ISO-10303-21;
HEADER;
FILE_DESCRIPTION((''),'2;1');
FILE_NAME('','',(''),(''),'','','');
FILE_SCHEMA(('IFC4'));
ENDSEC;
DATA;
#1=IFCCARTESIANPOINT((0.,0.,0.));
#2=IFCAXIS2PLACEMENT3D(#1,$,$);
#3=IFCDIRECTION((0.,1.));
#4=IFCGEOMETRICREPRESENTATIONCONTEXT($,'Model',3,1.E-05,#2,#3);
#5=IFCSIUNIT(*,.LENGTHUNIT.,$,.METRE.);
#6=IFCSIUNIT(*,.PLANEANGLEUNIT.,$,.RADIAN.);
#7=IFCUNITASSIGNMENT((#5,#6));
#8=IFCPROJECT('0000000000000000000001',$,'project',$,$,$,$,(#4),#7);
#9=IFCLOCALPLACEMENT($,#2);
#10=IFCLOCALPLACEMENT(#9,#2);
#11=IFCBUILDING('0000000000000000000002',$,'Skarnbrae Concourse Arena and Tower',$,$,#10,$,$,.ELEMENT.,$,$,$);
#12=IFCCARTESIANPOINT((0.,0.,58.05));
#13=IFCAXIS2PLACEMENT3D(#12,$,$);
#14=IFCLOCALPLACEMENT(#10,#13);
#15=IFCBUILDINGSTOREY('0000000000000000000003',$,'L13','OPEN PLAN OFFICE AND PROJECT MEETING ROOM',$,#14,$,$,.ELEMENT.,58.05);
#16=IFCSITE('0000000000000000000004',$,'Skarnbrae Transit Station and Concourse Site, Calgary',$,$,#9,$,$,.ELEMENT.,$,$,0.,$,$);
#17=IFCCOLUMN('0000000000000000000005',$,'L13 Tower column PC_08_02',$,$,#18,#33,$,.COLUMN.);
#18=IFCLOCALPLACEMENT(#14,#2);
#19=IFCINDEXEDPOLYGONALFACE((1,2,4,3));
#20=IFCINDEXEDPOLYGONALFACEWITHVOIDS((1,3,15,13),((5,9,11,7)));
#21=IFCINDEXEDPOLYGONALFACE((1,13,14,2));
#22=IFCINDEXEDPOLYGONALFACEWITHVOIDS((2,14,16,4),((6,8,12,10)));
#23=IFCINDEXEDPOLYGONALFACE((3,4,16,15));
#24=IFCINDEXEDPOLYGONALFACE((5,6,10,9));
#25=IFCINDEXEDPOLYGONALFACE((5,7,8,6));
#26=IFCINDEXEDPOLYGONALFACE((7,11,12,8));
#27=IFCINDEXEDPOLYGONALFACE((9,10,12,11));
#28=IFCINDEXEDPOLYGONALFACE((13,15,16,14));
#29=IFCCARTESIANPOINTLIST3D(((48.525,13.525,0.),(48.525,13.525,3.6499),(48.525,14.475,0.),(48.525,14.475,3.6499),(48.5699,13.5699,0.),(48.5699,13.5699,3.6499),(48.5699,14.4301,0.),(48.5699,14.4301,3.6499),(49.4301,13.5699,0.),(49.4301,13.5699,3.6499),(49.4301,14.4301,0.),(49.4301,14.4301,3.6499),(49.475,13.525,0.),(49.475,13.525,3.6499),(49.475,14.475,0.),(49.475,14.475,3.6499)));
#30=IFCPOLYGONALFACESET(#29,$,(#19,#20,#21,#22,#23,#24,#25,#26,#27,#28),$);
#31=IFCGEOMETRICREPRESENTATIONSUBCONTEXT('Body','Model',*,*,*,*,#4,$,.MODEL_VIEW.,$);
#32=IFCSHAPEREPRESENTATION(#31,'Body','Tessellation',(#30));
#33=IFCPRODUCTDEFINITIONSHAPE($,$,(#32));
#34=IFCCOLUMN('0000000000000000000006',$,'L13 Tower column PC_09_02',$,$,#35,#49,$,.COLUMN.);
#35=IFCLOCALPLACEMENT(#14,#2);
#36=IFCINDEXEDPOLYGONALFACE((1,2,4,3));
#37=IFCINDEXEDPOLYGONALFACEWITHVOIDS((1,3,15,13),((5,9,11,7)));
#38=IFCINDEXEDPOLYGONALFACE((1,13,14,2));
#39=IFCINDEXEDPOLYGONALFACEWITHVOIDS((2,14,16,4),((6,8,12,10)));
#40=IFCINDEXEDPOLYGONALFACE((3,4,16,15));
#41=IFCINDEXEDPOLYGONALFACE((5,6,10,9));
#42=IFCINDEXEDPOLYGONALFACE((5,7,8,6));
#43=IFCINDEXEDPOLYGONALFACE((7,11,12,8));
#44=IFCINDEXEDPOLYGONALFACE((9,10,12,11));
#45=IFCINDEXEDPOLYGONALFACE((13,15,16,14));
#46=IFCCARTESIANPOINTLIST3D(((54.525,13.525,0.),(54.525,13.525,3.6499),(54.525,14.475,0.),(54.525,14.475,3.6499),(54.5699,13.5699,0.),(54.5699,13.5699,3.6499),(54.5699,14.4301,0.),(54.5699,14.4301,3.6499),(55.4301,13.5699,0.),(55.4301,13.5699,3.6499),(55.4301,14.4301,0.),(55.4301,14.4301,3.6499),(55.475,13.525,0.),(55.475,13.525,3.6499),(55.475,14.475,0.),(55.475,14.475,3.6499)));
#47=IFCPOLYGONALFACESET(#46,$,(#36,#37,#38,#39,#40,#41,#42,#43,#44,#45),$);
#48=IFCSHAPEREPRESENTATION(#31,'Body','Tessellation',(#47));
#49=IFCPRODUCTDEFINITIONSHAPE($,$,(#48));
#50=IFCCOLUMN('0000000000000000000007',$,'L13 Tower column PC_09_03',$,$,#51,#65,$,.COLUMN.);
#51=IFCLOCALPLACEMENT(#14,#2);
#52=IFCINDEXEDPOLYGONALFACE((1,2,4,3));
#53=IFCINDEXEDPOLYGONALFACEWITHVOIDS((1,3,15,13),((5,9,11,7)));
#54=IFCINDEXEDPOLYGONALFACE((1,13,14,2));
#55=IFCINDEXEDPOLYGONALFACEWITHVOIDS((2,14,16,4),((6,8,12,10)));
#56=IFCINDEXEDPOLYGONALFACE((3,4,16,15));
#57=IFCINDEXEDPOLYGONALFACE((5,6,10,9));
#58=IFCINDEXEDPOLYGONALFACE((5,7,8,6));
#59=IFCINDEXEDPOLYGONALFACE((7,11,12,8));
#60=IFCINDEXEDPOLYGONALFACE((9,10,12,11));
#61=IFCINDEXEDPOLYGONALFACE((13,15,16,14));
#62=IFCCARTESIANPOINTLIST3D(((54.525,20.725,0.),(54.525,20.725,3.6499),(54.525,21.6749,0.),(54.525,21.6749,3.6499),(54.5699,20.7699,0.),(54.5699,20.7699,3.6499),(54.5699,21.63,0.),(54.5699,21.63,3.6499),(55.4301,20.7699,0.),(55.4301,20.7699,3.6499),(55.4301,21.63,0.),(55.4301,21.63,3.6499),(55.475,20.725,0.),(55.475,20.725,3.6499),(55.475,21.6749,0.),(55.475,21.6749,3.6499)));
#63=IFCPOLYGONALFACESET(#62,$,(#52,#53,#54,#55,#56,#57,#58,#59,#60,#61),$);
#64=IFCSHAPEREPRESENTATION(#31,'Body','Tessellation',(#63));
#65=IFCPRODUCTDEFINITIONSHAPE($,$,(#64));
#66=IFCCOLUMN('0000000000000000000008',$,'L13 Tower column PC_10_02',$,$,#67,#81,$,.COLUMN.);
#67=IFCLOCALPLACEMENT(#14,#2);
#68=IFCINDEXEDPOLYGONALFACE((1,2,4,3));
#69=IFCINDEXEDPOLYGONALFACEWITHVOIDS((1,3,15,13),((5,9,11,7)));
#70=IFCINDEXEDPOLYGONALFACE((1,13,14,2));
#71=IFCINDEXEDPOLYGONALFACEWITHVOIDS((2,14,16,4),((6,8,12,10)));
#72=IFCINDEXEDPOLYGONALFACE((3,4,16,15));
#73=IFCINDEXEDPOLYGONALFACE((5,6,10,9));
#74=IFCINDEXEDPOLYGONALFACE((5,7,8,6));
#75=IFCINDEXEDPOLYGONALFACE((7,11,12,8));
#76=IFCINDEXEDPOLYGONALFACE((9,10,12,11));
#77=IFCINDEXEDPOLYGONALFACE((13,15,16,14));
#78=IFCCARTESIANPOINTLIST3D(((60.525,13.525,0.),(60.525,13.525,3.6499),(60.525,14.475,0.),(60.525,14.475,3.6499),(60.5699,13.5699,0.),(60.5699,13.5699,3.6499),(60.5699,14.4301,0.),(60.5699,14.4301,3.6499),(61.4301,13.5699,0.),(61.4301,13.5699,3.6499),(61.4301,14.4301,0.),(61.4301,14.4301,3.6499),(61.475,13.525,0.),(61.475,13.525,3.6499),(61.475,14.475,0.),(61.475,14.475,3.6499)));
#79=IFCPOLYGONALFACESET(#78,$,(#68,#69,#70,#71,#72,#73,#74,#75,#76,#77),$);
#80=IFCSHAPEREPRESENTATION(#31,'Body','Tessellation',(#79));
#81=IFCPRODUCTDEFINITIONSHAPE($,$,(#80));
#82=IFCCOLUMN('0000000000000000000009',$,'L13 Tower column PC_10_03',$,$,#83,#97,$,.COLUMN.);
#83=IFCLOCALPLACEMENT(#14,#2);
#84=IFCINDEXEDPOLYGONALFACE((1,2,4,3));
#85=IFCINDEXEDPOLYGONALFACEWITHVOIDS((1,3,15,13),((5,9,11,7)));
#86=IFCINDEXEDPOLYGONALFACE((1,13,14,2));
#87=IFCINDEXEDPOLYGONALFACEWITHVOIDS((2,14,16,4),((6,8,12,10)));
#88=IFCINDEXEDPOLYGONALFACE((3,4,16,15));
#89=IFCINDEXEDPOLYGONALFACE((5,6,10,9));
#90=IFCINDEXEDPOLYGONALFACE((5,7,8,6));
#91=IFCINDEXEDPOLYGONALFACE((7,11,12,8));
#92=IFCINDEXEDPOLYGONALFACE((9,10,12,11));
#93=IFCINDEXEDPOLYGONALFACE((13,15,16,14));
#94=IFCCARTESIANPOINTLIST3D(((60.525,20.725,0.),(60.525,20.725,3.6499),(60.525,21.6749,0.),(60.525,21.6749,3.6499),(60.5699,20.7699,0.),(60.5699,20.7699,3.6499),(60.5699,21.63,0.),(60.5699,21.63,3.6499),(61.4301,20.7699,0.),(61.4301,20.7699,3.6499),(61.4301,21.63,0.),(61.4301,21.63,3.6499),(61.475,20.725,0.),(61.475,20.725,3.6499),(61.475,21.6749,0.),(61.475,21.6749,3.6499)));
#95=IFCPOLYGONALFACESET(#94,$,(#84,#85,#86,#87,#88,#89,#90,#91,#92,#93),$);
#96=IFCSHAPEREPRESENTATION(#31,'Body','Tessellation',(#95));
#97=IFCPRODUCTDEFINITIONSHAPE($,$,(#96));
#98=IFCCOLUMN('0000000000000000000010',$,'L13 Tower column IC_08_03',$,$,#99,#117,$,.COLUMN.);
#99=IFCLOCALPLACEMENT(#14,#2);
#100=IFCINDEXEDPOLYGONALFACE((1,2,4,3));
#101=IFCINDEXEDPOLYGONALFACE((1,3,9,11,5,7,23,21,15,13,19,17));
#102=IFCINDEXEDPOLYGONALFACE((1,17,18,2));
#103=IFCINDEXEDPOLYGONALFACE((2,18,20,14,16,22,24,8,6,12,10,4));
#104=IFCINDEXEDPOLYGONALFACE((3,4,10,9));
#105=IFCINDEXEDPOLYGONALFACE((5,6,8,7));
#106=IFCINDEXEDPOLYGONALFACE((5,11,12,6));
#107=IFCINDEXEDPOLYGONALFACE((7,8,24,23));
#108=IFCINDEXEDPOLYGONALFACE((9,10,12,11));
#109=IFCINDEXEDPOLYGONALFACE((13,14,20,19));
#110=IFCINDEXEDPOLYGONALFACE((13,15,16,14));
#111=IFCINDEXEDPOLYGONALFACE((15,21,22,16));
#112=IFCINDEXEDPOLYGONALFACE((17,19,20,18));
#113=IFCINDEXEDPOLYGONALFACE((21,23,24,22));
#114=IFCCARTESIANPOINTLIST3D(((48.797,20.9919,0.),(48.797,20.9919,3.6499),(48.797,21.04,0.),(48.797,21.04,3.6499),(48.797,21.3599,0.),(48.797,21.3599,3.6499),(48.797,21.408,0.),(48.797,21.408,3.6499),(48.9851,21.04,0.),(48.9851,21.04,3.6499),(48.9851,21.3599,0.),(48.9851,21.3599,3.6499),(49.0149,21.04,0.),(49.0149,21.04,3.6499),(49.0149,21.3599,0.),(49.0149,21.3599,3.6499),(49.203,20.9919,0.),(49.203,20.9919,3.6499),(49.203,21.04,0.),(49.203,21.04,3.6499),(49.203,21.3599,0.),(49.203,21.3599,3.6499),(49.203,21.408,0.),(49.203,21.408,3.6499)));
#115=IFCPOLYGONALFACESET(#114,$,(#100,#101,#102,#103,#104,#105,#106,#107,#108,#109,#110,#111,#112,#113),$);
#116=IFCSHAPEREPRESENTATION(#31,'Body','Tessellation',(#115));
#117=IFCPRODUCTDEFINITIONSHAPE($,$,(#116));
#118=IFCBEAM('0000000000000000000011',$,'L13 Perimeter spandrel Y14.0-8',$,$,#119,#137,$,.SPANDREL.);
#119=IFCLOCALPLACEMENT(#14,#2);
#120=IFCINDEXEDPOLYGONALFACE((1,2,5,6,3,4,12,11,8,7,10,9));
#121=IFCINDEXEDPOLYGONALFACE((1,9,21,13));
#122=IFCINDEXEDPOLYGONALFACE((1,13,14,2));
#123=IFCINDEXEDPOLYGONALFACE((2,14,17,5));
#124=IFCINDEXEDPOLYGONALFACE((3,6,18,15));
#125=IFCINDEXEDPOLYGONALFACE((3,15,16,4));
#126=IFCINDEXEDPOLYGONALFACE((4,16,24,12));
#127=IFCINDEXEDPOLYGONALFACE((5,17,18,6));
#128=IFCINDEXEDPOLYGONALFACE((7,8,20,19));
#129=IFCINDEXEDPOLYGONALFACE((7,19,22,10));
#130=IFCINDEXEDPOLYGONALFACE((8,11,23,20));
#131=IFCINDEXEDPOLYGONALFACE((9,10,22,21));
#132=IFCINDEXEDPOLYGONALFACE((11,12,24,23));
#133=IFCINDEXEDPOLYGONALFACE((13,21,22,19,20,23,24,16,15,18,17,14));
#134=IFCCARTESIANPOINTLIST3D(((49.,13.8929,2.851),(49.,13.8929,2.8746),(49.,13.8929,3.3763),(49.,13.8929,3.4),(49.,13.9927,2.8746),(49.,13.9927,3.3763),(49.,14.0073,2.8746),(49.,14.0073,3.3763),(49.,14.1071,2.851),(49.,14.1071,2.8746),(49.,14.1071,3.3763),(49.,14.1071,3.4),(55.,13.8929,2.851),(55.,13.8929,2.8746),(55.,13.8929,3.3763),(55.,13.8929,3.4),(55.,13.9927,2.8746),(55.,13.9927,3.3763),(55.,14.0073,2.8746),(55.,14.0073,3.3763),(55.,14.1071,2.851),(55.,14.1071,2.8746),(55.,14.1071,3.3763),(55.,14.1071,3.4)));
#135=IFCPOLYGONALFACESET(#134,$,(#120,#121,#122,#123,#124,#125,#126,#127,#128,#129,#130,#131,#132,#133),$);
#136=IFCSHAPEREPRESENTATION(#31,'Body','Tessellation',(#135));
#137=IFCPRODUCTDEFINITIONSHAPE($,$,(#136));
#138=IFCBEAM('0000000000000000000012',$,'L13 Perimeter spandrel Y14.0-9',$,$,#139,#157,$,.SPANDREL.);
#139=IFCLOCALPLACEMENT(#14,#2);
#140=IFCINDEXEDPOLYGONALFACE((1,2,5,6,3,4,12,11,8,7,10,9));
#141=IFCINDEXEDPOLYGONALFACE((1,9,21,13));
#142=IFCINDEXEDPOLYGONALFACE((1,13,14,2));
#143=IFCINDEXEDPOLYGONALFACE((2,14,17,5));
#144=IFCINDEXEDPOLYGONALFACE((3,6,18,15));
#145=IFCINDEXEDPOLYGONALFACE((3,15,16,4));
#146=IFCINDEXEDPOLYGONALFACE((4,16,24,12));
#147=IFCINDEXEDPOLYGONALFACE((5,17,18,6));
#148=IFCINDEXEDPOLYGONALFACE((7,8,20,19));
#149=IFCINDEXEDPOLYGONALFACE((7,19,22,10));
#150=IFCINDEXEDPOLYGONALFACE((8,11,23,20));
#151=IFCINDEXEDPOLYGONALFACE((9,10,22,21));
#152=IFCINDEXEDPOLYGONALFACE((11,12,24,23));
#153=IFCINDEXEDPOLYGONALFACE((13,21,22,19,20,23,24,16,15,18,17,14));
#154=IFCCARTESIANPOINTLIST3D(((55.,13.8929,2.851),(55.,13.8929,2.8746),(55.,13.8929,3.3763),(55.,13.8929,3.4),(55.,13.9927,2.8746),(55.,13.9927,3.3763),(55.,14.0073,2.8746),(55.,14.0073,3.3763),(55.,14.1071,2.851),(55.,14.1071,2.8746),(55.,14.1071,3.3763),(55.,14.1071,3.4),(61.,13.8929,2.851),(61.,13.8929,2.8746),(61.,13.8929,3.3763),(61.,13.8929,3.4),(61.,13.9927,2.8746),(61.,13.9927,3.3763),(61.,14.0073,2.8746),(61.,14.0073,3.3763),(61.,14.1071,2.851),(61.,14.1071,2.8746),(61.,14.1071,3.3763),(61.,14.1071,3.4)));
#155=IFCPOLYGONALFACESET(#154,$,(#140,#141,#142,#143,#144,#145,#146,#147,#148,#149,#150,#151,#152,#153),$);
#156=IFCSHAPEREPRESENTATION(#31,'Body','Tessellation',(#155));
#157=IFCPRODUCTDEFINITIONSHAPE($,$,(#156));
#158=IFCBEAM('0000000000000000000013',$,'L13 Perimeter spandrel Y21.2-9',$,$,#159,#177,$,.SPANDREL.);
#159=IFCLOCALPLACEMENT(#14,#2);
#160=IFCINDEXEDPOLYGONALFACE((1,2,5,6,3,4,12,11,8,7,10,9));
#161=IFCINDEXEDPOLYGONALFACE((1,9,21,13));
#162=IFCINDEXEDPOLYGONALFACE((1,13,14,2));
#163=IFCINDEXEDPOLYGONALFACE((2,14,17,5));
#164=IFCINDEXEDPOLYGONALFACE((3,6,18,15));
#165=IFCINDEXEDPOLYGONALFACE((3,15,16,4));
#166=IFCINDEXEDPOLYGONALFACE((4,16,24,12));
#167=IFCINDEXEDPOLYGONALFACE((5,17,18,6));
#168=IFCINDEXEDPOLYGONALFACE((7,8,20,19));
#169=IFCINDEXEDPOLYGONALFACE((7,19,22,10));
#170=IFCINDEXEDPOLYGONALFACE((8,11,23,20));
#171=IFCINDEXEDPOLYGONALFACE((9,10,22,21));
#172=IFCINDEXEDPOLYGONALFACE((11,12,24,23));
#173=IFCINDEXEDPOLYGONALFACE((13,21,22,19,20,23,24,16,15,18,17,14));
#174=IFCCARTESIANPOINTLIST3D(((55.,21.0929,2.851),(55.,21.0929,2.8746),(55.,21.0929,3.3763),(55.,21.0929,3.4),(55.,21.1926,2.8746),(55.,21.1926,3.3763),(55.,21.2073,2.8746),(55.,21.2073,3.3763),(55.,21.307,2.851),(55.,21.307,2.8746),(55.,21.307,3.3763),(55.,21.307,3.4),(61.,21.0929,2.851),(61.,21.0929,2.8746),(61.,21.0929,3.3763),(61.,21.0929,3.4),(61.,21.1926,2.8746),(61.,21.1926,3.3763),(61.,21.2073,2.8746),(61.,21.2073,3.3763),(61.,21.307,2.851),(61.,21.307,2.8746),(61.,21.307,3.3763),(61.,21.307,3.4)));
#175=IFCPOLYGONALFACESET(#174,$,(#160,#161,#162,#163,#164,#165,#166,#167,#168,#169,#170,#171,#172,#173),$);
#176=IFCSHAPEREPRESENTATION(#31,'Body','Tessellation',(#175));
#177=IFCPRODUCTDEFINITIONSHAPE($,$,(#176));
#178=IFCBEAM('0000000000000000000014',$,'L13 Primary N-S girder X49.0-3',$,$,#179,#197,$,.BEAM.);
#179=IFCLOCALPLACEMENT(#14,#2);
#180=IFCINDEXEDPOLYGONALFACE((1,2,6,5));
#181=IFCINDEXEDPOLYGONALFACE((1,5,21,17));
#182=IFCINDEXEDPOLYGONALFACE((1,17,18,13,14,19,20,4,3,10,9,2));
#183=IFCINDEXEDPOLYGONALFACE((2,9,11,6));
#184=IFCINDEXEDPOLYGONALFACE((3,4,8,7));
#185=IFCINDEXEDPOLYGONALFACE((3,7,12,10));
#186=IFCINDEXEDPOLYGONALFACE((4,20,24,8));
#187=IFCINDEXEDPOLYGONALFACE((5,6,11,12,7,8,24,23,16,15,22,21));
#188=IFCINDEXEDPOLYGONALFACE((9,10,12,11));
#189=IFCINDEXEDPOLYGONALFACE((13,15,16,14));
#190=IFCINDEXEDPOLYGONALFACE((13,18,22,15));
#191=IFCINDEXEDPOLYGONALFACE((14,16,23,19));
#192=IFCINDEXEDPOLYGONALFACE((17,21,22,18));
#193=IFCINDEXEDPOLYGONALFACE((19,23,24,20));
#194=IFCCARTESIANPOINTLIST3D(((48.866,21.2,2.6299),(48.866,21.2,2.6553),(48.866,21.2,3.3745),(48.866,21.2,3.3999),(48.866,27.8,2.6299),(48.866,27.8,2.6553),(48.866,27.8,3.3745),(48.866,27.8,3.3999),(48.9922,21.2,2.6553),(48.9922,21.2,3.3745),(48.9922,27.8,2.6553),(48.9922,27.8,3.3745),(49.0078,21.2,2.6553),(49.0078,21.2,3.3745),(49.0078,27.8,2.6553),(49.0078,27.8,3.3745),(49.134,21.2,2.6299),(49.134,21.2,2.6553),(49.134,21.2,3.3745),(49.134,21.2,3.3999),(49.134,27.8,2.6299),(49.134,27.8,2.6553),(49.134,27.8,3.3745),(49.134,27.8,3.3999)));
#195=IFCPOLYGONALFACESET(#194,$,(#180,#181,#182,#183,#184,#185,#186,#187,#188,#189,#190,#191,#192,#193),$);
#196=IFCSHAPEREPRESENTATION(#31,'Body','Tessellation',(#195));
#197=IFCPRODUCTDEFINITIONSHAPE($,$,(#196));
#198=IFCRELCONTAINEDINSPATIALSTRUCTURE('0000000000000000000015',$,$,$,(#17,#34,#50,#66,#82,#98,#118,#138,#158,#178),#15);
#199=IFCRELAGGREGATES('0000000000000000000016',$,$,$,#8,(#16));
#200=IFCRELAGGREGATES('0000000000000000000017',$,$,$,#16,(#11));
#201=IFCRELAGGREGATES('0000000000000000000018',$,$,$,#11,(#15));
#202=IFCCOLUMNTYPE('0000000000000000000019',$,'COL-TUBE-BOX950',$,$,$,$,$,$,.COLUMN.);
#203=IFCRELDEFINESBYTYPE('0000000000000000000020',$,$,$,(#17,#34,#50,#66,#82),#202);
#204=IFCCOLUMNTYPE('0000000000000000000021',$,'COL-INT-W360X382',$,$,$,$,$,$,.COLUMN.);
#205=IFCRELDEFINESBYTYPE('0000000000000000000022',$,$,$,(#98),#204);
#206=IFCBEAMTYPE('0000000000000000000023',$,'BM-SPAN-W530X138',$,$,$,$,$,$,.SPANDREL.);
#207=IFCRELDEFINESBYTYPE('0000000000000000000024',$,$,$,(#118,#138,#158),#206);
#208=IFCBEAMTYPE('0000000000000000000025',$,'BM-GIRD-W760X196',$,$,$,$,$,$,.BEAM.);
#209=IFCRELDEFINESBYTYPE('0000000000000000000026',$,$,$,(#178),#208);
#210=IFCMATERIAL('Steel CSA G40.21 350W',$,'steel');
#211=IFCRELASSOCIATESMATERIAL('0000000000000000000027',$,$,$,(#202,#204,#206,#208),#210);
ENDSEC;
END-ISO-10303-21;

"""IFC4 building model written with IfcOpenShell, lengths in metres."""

from ifc_helpers import new_model, si_unit, direction, frame, origin, origin_2d, place, context, subcontext, project, spatial, hollow_rectangle, i_section, extrude, source, transform, mapped, material, material_profile, profile_set, type_object, element, save


model = new_model("IFC4")

# Units and contexts
model_context = context("Model", 3, precision=1e-05, world=origin(), true_north=direction((0.0, 1.0)))
body_context = subcontext(model_context, "Body", "Model", "MODEL_VIEW")
ifc_project = project(units=[si_unit("LENGTHUNIT", "METRE"), si_unit("PLANEANGLEUNIT", "RADIAN")], contexts=[model_context])

# Site, building, storey
site_placement = place(None, origin())
site = spatial("IfcSite", under=ifc_project, at=site_placement, Name="Skarnbrae Transit Station and Concourse Site, Calgary", CompositionType="ELEMENT", RefElevation=0.0)
building_placement = place(site_placement, origin())
building = spatial("IfcBuilding", under=site, at=building_placement, Name="Skarnbrae Concourse Arena and Tower", CompositionType="ELEMENT")
storey_placement = place(building_placement, frame((0.0, 0.0, 58.05)))
storey = spatial("IfcBuildingStorey", under=building, at=storey_placement, Name="L13", Description="OPEN PLAN OFFICE AND PROJECT MEETING ROOM", CompositionType="ELEMENT", Elevation=58.05)

# Columns
ifc_material_1 = material(Name="Steel CSA G40.21 350W", Category="steel")
ifc_material_profile_1 = material_profile(ifc_material_1, hollow_rectangle(XDim=0.95, YDim=0.95, WallThickness=0.0449, at=origin_2d()), Name="BOX950X950X45")
ifc_profile_set_1 = profile_set([ifc_material_profile_1], Name="Steel CSA G40.21 350W")
column_type_1 = type_object("IfcColumnType", Name="COL-TUBE-BOX950", PredefinedType="COLUMN", material=ifc_profile_set_1)
shared_shape_1 = source(origin(), body_context, "Body", "SweptSolid", [
    extrude(hollow_rectangle(XDim=0.95, YDim=0.95, WallThickness=0.0449, at=origin_2d()), origin(), (0.0, 0.0, 1.0), 3.6499),
])
for number, where, z_axis, x_axis, name in (
    (1, (49.0, 14.0, 0.0), (0.0, 0.0, 1.0), (1.0, 0.0, 0.0), "L13 Tower column PC_08_02"),
    (2, (55.0, 14.0, 0.0), (0.0, 0.0, 1.0), (1.0, 0.0, 0.0), "L13 Tower column PC_09_02"),
    (3, (55.0, 21.2, 0.0), (0.0, 0.0, 1.0), (1.0, 0.0, 0.0), "L13 Tower column PC_09_03"),
    (4, (61.0, 14.0, 0.0), (0.0, 0.0, 1.0), (1.0, 0.0, 0.0), "L13 Tower column PC_10_02"),
    (5, (61.0, 21.2, 0.0), (0.0, 0.0, 1.0), (1.0, 0.0, 0.0), "L13 Tower column PC_10_03"),
):
    element("IfcColumn", number, at=place(storey_placement, frame(where, z_axis=z_axis, x_axis=x_axis)), inside=storey, type_object=column_type_1, Name=name, PredefinedType="COLUMN", context=body_context, shape_type="MappedRepresentation", body=[
        mapped(shared_shape_1, transform((0.0, 0.0, 0.0))),
    ])
ifc_material_profile_2 = material_profile(ifc_material_1, i_section(OverallWidth=0.406, OverallDepth=0.416, WebThickness=0.0298, FlangeThickness=0.0481, at=origin_2d()), Name="W360X382")
ifc_profile_set_2 = profile_set([ifc_material_profile_2], Name="Steel CSA G40.21 350W")
column_type_2 = type_object("IfcColumnType", Name="COL-INT-W360X382", PredefinedType="COLUMN", material=ifc_profile_set_2)
shared_shape_2 = source(origin(), body_context, "Body", "SweptSolid", [
    extrude(i_section(OverallWidth=0.406, OverallDepth=0.416, WebThickness=0.0298, FlangeThickness=0.0481, at=origin_2d()), origin(), (0.0, 0.0, 1.0), 3.6499),
])
column_placement = place(storey_placement, frame((49.0, 21.2, 0.0), z_axis=(0.0, 0.0, 1.0), x_axis=(1.0, 0.0, 0.0)))
element("IfcColumn", 6, at=column_placement, inside=storey, type_object=column_type_2, Name="L13 Tower column IC_08_03", PredefinedType="COLUMN", context=body_context, shape_type="MappedRepresentation", body=[
    mapped(shared_shape_2, transform((0.0, 0.0, 0.0))),
])

# Beams
ifc_material_profile_3 = material_profile(ifc_material_1, i_section(OverallWidth=0.2141, OverallDepth=0.5491, WebThickness=0.0146, FlangeThickness=0.0237, at=origin_2d()), Name="W530X138")
ifc_profile_set_3 = profile_set([ifc_material_profile_3], Name="Steel CSA G40.21 350W")
beam_type_1 = type_object("IfcBeamType", Name="BM-SPAN-W530X138", PredefinedType="SPANDREL", material=ifc_profile_set_3)
shared_shape_3 = source(origin(), body_context, "Body", "SweptSolid", [
    extrude(i_section(OverallWidth=0.2141, OverallDepth=0.5491, WebThickness=0.0146, FlangeThickness=0.0237, at=origin_2d()), origin(), (0.0, 0.0, 1.0), 6.0),
])
for number, where, z_axis, x_axis, name in (
    (7, (49.0, 14.0, 3.1255), (1.0, 0.0, 0.0), (0.0, 1.0, 0.0), "L13 Perimeter spandrel Y14.0-8"),
    (8, (55.0, 14.0, 3.1255), (1.0, 0.0, 0.0), (0.0, 1.0, 0.0), "L13 Perimeter spandrel Y14.0-9"),
    (9, (55.0, 21.2, 3.1255), (1.0, 0.0, 0.0), (0.0, 1.0, 0.0), "L13 Perimeter spandrel Y21.2-9"),
):
    element("IfcBeam", number, at=place(storey_placement, frame(where, z_axis=z_axis, x_axis=x_axis)), inside=storey, type_object=beam_type_1, Name=name, PredefinedType="SPANDREL", context=body_context, shape_type="MappedRepresentation", body=[
        mapped(shared_shape_3, transform((0.0, 0.0, 0.0))),
    ])
ifc_material_profile_4 = material_profile(ifc_material_1, i_section(OverallWidth=0.2681, OverallDepth=0.77, WebThickness=0.0156, FlangeThickness=0.0254, at=origin_2d()), Name="W760X196")
ifc_profile_set_4 = profile_set([ifc_material_profile_4], Name="Steel CSA G40.21 350W")
beam_type_2 = type_object("IfcBeamType", Name="BM-GIRD-W760X196", PredefinedType="BEAM", material=ifc_profile_set_4)
shared_shape_4 = source(origin(), body_context, "Body", "SweptSolid", [
    extrude(i_section(OverallWidth=0.2681, OverallDepth=0.77, WebThickness=0.0156, FlangeThickness=0.0254, at=origin_2d()), origin(), (0.0, 0.0, 1.0), 6.6001),
])
beam_1_placement = place(storey_placement, frame((49.0, 21.2, 3.0149), z_axis=(0.0, 1.0, 0.0), x_axis=(-1.0, 0.0, 0.0)))
element("IfcBeam", 10, at=beam_1_placement, inside=storey, type_object=beam_type_2, Name="L13 Primary N-S girder X49.0-3", PredefinedType="BEAM", context=body_context, shape_type="MappedRepresentation", body=[
    mapped(shared_shape_4, transform((0.0, 0.0, 0.0))),
])

save(model, "model.ifc")
